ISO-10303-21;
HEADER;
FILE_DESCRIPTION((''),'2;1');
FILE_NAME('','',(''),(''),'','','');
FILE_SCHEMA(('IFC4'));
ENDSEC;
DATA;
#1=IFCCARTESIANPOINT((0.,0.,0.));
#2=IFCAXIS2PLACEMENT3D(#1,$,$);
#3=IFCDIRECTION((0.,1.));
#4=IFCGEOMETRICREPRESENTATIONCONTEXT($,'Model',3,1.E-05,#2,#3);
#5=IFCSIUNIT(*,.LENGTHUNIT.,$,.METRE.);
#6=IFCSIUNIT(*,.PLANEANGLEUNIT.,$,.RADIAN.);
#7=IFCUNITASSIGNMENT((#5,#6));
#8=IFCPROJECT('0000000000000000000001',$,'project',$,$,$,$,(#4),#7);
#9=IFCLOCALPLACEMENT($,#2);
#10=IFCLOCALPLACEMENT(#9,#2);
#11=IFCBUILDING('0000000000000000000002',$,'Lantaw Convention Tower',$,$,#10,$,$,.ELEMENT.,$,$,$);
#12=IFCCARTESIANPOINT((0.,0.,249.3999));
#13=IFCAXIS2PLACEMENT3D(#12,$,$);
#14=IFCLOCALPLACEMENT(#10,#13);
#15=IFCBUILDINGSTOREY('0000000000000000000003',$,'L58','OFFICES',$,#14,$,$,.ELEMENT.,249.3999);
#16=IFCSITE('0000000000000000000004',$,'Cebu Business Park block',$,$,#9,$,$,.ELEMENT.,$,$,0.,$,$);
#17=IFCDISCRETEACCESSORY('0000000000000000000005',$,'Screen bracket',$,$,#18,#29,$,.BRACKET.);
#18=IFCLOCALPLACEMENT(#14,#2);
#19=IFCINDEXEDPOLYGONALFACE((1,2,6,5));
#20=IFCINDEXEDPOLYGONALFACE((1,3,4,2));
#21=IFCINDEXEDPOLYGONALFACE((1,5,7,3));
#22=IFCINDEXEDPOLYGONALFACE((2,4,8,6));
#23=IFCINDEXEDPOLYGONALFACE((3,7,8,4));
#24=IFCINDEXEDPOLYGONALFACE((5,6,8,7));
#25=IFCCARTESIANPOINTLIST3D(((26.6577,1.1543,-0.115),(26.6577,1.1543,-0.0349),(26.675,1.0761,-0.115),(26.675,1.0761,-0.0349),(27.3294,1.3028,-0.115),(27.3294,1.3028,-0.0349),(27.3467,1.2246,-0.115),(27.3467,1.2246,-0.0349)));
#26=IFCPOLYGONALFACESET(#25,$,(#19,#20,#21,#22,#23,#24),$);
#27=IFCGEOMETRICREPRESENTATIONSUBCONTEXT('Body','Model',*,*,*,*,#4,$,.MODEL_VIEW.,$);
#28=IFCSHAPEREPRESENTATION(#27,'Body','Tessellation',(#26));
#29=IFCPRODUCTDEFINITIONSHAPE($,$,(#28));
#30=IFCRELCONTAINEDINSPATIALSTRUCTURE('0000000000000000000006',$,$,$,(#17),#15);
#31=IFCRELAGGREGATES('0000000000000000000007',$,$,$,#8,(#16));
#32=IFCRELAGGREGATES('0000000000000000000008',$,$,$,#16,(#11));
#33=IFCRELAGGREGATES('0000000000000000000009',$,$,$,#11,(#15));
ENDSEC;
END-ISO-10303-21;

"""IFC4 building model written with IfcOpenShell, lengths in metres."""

from ifc_helpers import new_model, si_unit, direction, frame, origin, origin_2d, place, context, subcontext, project, spatial, rectangle, extrude, element, save


model = new_model("IFC4")

# Units and contexts
model_context = context("Model", 3, precision=1e-05, world=origin(), true_north=direction((0.0, 1.0)))
body_context = subcontext(model_context, "Body", "Model", "MODEL_VIEW")
ifc_project = project(units=[si_unit("LENGTHUNIT", "METRE"), si_unit("PLANEANGLEUNIT", "RADIAN")], contexts=[model_context])

# Site, building, storey
site_placement = place(None, origin())
site = spatial("IfcSite", under=ifc_project, at=site_placement, Name="Cebu Business Park block", CompositionType="ELEMENT", RefElevation=0.0)
building_placement = place(site_placement, origin())
building = spatial("IfcBuilding", under=site, at=building_placement, Name="Lantaw Convention Tower", CompositionType="ELEMENT")
storey_placement = place(building_placement, frame((0.0, 0.0, 249.3999)))
storey = spatial("IfcBuildingStorey", under=building, at=storey_placement, Name="L58", Description="OFFICES", CompositionType="ELEMENT", Elevation=249.3999)

# Discrete accessory
discrete_accessory_placement = place(storey_placement, frame((27.0022, 1.1895, -0.115), z_axis=(0.0, 0.0, 1.0), x_axis=(-0.215891, 0.976417, 0.0)))
element("IfcDiscreteAccessory", 1, at=discrete_accessory_placement, inside=storey, Name="Screen bracket", PredefinedType="BRACKET", context=body_context, shape_type="SweptSolid", body=[
    extrude(rectangle(XDim=0.0801, YDim=0.688, at=origin_2d()), origin(), (0.0, 0.0, 1.0), 0.0801),
])

save(model, "model.ifc")
